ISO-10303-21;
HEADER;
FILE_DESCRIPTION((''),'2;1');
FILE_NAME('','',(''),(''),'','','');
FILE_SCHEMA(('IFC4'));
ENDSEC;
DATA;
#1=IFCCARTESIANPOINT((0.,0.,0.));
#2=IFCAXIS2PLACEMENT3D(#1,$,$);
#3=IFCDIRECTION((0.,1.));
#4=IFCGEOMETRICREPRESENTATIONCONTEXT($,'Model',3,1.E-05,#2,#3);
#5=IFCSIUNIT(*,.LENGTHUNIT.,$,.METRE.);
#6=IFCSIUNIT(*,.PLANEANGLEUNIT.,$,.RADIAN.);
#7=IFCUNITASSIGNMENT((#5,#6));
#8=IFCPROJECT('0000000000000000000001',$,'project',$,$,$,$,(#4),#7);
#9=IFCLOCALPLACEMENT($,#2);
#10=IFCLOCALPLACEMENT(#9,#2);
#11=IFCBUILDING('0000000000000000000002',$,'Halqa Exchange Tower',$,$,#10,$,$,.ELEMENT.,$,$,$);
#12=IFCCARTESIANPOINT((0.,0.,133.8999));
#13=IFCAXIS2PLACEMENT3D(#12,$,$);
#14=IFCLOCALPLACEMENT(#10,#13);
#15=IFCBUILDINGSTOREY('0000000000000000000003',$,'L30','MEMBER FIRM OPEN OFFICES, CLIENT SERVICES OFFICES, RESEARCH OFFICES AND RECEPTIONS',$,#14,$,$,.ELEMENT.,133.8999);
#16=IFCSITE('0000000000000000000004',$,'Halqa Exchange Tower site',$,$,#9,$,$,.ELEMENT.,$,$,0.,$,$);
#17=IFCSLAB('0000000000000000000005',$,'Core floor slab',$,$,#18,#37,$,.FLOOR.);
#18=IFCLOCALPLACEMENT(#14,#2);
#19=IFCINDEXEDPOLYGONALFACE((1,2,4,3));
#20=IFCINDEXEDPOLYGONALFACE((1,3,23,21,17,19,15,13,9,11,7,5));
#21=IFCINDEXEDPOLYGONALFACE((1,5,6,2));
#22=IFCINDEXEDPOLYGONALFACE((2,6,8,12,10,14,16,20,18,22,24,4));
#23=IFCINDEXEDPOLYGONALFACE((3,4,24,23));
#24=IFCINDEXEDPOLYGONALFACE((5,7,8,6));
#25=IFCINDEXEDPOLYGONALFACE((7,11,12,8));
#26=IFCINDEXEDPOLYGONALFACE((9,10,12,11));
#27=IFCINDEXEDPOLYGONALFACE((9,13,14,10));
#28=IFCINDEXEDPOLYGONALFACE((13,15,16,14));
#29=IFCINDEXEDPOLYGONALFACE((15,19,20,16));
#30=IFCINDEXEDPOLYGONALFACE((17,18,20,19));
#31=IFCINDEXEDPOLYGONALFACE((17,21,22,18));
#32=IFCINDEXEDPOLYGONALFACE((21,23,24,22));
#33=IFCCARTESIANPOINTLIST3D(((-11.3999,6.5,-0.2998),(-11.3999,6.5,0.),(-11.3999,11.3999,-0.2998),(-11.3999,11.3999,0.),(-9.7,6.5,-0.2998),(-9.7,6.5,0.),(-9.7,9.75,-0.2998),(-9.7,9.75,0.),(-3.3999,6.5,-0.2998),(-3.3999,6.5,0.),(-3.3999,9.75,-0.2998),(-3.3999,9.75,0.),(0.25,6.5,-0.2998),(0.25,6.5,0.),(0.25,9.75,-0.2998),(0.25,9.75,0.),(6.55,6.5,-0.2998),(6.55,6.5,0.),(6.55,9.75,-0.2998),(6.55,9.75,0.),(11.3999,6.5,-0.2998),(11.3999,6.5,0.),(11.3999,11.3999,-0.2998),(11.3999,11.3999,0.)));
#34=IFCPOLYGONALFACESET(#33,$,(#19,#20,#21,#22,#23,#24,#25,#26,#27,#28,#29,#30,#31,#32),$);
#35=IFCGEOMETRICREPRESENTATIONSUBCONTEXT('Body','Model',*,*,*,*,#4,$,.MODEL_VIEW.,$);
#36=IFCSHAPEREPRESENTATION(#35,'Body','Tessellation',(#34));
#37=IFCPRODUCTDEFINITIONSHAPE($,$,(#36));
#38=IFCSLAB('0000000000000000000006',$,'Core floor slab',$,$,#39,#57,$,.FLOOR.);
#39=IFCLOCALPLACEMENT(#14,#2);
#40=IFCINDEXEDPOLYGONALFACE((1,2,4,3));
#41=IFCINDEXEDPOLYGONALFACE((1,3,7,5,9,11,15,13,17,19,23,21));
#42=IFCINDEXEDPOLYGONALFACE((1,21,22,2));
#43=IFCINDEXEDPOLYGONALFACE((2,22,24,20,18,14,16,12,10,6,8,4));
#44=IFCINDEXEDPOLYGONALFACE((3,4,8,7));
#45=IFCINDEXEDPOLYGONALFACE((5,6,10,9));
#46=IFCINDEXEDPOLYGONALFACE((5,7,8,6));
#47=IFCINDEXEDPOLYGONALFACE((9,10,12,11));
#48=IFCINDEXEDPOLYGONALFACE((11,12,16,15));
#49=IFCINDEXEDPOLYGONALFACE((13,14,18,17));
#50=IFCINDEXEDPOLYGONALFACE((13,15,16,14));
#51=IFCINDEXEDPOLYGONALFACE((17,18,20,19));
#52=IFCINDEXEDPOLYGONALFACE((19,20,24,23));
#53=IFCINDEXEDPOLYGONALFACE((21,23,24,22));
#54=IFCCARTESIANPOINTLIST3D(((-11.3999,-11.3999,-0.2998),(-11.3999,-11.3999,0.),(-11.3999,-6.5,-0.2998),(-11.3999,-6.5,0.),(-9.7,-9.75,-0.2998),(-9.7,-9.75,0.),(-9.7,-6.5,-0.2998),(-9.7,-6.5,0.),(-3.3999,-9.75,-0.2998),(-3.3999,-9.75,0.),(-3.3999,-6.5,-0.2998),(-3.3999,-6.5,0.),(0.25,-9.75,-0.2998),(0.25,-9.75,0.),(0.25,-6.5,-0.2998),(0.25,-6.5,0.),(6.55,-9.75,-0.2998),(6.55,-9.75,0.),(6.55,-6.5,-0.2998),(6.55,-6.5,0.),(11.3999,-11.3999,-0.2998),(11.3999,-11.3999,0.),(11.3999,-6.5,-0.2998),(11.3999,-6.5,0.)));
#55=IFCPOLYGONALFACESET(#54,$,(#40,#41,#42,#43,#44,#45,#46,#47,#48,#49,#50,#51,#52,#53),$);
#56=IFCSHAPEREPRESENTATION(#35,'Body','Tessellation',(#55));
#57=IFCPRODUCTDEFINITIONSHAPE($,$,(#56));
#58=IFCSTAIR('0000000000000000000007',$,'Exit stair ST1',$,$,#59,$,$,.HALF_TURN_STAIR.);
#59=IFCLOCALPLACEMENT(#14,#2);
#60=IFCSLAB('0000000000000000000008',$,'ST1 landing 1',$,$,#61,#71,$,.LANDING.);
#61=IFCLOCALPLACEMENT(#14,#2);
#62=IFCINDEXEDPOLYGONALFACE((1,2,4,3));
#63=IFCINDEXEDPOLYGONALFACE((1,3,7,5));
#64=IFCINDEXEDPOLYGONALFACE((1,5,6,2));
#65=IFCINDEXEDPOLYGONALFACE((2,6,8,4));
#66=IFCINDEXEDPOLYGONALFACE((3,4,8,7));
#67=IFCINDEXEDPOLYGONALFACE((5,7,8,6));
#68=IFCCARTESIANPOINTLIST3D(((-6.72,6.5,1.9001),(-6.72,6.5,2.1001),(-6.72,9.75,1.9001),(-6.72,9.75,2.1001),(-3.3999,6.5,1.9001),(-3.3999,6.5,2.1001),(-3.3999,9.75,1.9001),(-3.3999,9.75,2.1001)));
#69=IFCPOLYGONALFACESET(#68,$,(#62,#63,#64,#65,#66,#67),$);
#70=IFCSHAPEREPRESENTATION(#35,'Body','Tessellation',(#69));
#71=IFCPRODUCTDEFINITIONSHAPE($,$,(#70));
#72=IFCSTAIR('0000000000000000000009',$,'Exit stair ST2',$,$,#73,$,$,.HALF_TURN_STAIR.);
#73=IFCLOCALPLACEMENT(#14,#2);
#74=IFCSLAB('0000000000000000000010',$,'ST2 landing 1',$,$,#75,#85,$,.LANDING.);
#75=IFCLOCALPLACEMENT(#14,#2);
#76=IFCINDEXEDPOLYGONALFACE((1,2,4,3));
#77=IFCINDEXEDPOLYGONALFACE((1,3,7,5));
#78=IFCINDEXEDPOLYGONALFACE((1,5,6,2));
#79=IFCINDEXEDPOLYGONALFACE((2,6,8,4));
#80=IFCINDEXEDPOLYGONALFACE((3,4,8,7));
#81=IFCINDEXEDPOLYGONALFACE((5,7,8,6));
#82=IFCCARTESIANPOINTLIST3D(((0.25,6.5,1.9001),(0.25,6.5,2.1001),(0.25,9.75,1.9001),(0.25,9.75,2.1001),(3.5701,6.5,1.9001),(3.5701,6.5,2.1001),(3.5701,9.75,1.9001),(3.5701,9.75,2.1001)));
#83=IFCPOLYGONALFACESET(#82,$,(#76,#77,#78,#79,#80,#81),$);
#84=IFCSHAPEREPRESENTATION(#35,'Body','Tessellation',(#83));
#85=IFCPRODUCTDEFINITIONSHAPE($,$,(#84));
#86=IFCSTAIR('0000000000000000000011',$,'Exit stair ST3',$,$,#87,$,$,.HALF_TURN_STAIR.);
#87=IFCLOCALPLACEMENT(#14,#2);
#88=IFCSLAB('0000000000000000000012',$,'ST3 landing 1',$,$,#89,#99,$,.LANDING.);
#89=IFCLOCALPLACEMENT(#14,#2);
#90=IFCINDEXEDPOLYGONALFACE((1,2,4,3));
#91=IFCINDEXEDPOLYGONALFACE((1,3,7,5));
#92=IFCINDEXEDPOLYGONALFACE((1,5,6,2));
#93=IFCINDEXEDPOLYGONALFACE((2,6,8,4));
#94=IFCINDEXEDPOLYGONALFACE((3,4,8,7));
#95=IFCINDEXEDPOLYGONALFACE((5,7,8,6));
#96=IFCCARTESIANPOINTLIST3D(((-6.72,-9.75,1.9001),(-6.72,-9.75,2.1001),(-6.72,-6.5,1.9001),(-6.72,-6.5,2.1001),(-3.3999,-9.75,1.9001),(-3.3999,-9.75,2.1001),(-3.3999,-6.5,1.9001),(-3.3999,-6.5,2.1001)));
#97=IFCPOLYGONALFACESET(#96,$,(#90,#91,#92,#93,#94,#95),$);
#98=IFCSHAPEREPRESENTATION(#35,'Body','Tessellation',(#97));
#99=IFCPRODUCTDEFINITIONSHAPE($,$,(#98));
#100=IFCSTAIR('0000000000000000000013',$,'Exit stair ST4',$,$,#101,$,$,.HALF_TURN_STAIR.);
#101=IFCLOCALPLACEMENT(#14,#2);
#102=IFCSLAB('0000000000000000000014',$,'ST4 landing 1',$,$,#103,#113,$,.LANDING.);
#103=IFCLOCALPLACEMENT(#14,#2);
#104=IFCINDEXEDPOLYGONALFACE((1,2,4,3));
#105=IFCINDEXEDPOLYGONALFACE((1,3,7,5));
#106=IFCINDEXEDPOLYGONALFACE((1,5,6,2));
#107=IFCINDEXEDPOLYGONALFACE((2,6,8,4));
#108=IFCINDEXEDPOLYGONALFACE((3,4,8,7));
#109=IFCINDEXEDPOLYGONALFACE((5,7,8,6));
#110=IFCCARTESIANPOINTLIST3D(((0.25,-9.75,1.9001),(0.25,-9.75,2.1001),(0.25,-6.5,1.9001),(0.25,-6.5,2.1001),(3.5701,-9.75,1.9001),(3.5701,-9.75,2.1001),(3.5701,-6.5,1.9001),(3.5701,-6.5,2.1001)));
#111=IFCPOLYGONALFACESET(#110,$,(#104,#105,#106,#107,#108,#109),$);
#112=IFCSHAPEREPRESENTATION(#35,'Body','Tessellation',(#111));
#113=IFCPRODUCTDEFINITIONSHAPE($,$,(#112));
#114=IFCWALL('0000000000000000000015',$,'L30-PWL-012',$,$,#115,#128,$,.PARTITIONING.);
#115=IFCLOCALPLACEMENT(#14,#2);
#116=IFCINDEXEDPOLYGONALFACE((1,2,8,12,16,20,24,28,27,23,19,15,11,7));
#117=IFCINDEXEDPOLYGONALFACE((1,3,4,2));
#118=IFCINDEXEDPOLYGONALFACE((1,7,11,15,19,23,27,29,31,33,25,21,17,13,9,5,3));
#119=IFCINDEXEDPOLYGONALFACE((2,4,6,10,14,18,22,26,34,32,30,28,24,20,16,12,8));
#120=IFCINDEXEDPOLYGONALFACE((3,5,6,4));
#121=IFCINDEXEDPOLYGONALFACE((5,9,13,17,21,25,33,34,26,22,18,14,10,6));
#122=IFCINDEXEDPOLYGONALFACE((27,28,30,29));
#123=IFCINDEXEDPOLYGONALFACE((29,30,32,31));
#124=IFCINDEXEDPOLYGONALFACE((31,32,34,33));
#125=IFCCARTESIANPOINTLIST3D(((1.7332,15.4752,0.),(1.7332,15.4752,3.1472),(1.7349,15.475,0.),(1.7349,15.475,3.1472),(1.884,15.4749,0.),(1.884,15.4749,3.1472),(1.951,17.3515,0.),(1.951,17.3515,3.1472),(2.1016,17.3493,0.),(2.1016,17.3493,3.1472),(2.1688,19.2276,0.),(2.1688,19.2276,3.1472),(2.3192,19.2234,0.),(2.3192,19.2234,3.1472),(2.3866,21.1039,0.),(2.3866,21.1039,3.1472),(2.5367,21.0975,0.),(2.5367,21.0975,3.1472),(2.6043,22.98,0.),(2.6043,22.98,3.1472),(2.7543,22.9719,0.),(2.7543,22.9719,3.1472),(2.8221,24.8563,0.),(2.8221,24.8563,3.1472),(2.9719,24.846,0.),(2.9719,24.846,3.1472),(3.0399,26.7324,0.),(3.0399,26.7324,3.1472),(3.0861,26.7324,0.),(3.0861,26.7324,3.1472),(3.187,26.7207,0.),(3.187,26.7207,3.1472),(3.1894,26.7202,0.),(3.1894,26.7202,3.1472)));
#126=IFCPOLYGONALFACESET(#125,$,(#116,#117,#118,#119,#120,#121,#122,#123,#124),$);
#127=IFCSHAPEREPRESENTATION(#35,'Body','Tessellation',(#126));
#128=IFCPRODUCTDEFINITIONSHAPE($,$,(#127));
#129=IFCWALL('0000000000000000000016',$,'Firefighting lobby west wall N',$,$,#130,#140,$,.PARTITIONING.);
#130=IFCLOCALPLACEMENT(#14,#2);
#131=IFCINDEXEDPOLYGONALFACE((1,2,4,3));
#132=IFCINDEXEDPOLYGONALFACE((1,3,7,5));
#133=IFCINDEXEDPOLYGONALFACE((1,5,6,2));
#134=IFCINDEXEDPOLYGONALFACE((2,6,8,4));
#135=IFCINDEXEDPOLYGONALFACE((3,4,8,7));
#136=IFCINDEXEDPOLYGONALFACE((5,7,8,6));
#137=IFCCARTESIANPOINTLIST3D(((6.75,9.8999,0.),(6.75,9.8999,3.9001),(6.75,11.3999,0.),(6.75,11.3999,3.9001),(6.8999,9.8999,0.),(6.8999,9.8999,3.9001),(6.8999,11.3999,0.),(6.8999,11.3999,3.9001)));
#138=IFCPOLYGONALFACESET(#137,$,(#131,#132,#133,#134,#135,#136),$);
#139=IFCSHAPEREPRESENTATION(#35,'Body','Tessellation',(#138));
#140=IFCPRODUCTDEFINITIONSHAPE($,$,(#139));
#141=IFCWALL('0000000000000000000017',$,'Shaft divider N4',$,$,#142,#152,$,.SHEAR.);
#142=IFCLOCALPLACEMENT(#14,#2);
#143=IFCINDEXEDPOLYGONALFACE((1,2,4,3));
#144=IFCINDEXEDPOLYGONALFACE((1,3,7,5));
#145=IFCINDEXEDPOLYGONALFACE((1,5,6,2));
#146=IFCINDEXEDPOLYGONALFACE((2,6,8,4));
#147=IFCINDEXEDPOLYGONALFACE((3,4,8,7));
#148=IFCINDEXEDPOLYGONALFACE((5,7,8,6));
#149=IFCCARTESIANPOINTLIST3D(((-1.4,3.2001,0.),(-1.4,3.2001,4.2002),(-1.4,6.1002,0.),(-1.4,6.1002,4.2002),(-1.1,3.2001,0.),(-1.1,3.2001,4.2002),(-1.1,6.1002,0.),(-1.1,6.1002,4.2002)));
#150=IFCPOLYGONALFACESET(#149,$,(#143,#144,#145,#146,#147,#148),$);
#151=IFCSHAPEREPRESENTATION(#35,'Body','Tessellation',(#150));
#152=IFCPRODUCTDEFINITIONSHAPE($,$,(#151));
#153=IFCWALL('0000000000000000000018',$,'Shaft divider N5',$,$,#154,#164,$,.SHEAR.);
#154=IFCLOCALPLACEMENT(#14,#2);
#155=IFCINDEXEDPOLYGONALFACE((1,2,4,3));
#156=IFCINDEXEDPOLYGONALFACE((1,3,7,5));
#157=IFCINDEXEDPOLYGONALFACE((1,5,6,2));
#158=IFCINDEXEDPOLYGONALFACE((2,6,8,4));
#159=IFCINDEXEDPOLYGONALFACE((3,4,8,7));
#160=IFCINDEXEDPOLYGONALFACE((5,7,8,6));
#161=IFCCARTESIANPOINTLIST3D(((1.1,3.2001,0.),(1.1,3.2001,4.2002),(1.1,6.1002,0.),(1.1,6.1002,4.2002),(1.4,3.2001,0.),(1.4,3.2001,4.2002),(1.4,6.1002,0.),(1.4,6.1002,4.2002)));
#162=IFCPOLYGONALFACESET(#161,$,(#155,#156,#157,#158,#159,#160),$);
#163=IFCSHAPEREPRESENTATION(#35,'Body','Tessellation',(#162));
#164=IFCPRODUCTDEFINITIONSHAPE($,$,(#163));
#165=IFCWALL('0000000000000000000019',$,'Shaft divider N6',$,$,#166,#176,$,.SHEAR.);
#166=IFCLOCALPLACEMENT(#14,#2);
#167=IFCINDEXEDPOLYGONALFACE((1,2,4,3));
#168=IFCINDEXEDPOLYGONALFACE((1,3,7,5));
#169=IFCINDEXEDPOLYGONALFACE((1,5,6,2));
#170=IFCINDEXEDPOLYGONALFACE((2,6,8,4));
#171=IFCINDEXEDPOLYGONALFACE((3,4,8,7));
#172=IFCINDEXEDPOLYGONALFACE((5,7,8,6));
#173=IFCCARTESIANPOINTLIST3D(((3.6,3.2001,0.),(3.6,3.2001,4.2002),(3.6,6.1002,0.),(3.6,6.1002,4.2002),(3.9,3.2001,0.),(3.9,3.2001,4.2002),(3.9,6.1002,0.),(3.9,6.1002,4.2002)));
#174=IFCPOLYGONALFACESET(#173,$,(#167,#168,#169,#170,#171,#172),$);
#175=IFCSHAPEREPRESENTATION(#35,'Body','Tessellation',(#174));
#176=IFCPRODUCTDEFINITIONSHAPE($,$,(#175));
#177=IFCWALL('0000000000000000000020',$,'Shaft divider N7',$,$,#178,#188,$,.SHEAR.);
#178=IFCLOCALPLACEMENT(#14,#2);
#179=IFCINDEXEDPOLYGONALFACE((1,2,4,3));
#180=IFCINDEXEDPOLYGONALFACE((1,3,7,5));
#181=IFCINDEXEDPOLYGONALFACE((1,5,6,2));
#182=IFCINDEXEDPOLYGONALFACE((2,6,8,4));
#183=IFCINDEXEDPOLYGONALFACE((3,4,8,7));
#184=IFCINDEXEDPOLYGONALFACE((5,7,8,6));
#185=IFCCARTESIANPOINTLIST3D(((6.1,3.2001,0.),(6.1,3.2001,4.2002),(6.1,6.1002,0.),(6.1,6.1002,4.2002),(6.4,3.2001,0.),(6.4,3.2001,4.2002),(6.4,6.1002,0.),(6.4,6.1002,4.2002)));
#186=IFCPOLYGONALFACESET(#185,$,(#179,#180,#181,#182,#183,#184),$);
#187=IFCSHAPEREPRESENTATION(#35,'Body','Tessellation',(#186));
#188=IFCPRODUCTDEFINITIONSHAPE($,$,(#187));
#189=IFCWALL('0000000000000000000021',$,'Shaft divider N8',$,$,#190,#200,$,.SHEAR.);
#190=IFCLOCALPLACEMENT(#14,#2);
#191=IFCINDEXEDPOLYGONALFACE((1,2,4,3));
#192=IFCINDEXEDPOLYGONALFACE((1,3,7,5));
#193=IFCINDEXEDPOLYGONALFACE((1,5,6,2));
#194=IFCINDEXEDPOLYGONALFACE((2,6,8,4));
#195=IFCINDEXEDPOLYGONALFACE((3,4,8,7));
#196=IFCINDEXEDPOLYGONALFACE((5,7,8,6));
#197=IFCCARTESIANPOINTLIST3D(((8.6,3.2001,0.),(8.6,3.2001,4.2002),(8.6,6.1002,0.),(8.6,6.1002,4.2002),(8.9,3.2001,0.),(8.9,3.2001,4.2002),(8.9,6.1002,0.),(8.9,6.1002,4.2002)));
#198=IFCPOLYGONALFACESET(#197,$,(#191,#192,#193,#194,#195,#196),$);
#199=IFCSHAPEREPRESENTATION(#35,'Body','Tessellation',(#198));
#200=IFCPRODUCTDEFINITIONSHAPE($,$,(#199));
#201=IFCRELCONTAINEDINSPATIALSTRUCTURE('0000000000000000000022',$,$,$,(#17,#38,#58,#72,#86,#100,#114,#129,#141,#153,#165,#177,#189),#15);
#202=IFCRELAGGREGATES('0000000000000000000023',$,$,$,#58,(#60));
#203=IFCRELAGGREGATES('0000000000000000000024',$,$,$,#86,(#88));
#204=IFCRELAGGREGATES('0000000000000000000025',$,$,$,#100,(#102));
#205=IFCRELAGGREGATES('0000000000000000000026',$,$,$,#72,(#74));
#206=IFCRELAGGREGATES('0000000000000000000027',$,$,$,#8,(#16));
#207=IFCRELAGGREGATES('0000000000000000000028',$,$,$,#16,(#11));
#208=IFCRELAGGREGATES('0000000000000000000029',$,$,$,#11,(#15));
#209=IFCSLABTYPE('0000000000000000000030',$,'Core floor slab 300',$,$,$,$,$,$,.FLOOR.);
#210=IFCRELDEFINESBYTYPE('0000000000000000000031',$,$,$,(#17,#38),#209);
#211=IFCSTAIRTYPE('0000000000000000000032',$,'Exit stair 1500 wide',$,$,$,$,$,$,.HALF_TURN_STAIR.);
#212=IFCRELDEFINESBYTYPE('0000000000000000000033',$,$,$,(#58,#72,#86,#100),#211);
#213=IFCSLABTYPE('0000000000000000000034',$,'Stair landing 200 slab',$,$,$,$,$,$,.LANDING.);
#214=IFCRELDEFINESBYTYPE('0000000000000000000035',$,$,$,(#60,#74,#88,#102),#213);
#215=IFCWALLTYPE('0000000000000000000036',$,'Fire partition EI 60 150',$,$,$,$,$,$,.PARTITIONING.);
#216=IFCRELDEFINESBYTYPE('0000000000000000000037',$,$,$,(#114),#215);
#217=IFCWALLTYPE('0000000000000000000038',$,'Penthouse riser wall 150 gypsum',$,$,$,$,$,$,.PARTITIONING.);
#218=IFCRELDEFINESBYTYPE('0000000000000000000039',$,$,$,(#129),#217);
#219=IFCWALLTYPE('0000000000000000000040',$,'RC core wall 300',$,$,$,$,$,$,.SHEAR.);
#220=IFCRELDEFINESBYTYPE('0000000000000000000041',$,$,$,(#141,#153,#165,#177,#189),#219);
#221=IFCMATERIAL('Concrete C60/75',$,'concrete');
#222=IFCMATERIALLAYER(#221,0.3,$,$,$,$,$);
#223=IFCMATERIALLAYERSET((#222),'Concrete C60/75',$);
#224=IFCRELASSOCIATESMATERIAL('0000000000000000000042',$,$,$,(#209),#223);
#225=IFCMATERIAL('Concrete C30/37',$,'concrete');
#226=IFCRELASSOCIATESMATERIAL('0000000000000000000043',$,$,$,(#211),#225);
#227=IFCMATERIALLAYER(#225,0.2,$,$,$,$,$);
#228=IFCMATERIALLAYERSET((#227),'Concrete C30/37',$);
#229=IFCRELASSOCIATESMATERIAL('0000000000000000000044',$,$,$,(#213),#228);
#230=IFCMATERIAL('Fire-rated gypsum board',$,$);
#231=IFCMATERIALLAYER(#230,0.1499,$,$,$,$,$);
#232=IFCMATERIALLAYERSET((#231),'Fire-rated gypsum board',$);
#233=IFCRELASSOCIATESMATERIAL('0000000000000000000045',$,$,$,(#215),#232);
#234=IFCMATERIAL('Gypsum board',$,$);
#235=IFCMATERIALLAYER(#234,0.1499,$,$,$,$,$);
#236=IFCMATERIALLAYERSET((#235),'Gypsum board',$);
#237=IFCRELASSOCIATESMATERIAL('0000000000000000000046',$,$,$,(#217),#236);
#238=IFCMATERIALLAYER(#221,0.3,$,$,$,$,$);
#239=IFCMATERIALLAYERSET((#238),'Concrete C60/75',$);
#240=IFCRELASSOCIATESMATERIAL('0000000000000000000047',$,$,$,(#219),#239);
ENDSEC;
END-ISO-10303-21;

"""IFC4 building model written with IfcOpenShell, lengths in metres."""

from ifc_helpers import new_model, si_unit, direction, frame, frame_2d, origin, place, context, subcontext, project, spatial, polyline, rectangle, outline, extrude, material, layer, layer_set, type_object, element, aggregate, save


model = new_model("IFC4")

# Units and contexts
model_context = context("Model", 3, precision=1e-05, world=origin(), true_north=direction((0.0, 1.0)))
body_context = subcontext(model_context, "Body", "Model", "MODEL_VIEW")
ifc_project = project(units=[si_unit("LENGTHUNIT", "METRE"), si_unit("PLANEANGLEUNIT", "RADIAN")], contexts=[model_context])

# Site, building, storey
site_placement = place(None, origin())
site = spatial("IfcSite", under=ifc_project, at=site_placement, Name="Halqa Exchange Tower site", CompositionType="ELEMENT", RefElevation=0.0)
building_placement = place(site_placement, origin())
building = spatial("IfcBuilding", under=site, at=building_placement, Name="Halqa Exchange Tower", CompositionType="ELEMENT")
storey_placement = place(building_placement, frame((0.0, 0.0, 133.8999)))
storey = spatial("IfcBuildingStorey", under=building, at=storey_placement, Name="L30", Description="MEMBER FIRM OPEN OFFICES, CLIENT SERVICES OFFICES, RESEARCH OFFICES AND RECEPTIONS", CompositionType="ELEMENT", Elevation=133.8999)

# Shared definitions
ifc_material_1 = material(Name="Concrete C60/75", Category="concrete")

# Slabs
ifc_layer_1 = layer(ifc_material_1, 0.3)
ifc_layer_set_1 = layer_set([ifc_layer_1], Name="Concrete C60/75")
slab_type_1 = type_object("IfcSlabType", Name="Core floor slab 300", PredefinedType="FLOOR", material=ifc_layer_set_1)
slab_1_placement = place(storey_placement, frame((0.0, 0.0, -0.2998)))
element("IfcSlab", 1, at=slab_1_placement, inside=storey, type_object=slab_type_1, Name="Core floor slab", PredefinedType="FLOOR", context=body_context, shape_type="SweptSolid", body=[
    extrude(outline(polyline([(-11.3999, 11.3999), (11.3999, 11.3999), (11.3999, 6.5), (6.55, 6.5), (6.55, 9.75), (0.25, 9.75), (0.25, 6.5), (-3.3999, 6.5), (-3.3999, 9.75), (-9.7, 9.75), (-9.7, 6.5), (-11.3999, 6.5), (-11.3999, 11.3999)])), origin(), (0.0, 0.0, 1.0), 0.2998),
])
slab_2_placement = place(storey_placement, frame((0.0, 0.0, -0.2998)))
element("IfcSlab", 2, at=slab_2_placement, inside=storey, type_object=slab_type_1, Name="Core floor slab", PredefinedType="FLOOR", context=body_context, shape_type="SweptSolid", body=[
    extrude(outline(polyline([(-9.7, -9.75), (-3.3999, -9.75), (-3.3999, -6.5), (0.25, -6.5), (0.25, -9.75), (6.55, -9.75), (6.55, -6.5), (11.3999, -6.5), (11.3999, -11.3999), (-11.3999, -11.3999), (-11.3999, -6.5), (-9.7, -6.5), (-9.7, -9.75)])), origin(), (0.0, 0.0, 1.0), 0.2998),
])

# Stairs, slabs
ifc_material_2 = material(Name="Concrete C30/37", Category="concrete")
stair_type = type_object("IfcStairType", Name="Exit stair 1500 wide", PredefinedType="HALF_TURN_STAIR", material=ifc_material_2)
stair_1_placement = place(storey_placement, origin())
stair_1 = element("IfcStair", 3, at=stair_1_placement, inside=storey, type_object=stair_type, Name="Exit stair ST1", PredefinedType="HALF_TURN_STAIR")
ifc_layer_2 = layer(ifc_material_2, 0.2)
ifc_layer_set_2 = layer_set([ifc_layer_2], Name="Concrete C30/37")
slab_type_2 = type_object("IfcSlabType", Name="Stair landing 200 slab", PredefinedType="LANDING", material=ifc_layer_set_2)
slab_3_placement = place(storey_placement, frame((0.0, 0.0, 1.9001)))
slab_3 = element("IfcSlab", 4, at=slab_3_placement, type_object=slab_type_2, Name="ST1 landing 1", PredefinedType="LANDING", context=body_context, shape_type="SweptSolid", body=[
    extrude(outline(polyline([(-6.72, 6.5), (-3.3999, 6.5), (-3.3999, 9.75), (-6.72, 9.75), (-6.72, 6.5)])), origin(), (0.0, 0.0, 1.0), 0.2),
])
aggregate(stair_1, [slab_3])
stair_2_placement = place(storey_placement, origin())
stair_2 = element("IfcStair", 5, at=stair_2_placement, inside=storey, type_object=stair_type, Name="Exit stair ST2", PredefinedType="HALF_TURN_STAIR")
slab_4_placement = place(storey_placement, frame((0.0, 0.0, 1.9001)))
slab_4 = element("IfcSlab", 6, at=slab_4_placement, type_object=slab_type_2, Name="ST2 landing 1", PredefinedType="LANDING", context=body_context, shape_type="SweptSolid", body=[
    extrude(outline(polyline([(0.25, 6.5), (3.5701, 6.5), (3.5701, 9.75), (0.25, 9.75), (0.25, 6.5)])), origin(), (0.0, 0.0, 1.0), 0.2),
])
stair_3_placement = place(storey_placement, origin())
stair_3 = element("IfcStair", 7, at=stair_3_placement, inside=storey, type_object=stair_type, Name="Exit stair ST3", PredefinedType="HALF_TURN_STAIR")
slab_5_placement = place(storey_placement, frame((0.0, 0.0, 1.9001)))
slab_5 = element("IfcSlab", 8, at=slab_5_placement, type_object=slab_type_2, Name="ST3 landing 1", PredefinedType="LANDING", context=body_context, shape_type="SweptSolid", body=[
    extrude(outline(polyline([(-6.72, -9.75), (-3.3999, -9.75), (-3.3999, -6.5), (-6.72, -6.5), (-6.72, -9.75)])), origin(), (0.0, 0.0, 1.0), 0.2),
])
aggregate(stair_3, [slab_5])
stair_4_placement = place(storey_placement, origin())
stair_4 = element("IfcStair", 9, at=stair_4_placement, inside=storey, type_object=stair_type, Name="Exit stair ST4", PredefinedType="HALF_TURN_STAIR")
slab_6_placement = place(storey_placement, frame((0.0, 0.0, 1.9001)))
slab_6 = element("IfcSlab", 10, at=slab_6_placement, type_object=slab_type_2, Name="ST4 landing 1", PredefinedType="LANDING", context=body_context, shape_type="SweptSolid", body=[
    extrude(outline(polyline([(0.25, -9.75), (3.5701, -9.75), (3.5701, -6.5), (0.25, -6.5), (0.25, -9.75)])), origin(), (0.0, 0.0, 1.0), 0.2),
])
aggregate(stair_4, [slab_6])

# Walls
ifc_material_3 = material(Name="Fire-rated gypsum board")
ifc_layer_3 = layer(ifc_material_3, 0.1499)
ifc_layer_set_3 = layer_set([ifc_layer_3], Name="Fire-rated gypsum board")
wall_type_1 = type_object("IfcWallType", Name="Fire partition EI 60 150", PredefinedType="PARTITIONING", material=ifc_layer_set_3)
wall_1_placement = place(storey_placement, frame((1.8076, 15.4666, 0.0), z_axis=(0.0, 0.0, 1.0), x_axis=(0.115308, 0.99333, 0.0)))
element("IfcWall", 11, at=wall_1_placement, inside=storey, type_object=wall_type_1, Name="L30-PWL-012", PredefinedType="PARTITIONING", context=body_context, shape_type="SweptSolid", body=[
    extrude(outline(polyline([(0.0171, -0.075), (1.9041, -0.075), (3.7908, -0.075), (5.6775, -0.075), (7.5645, -0.075), (9.4512, -0.075), (11.3379, -0.075), (11.3381, -0.0725), (11.3381, 0.0291), (11.3328, 0.075), (9.4441, 0.075), (7.5552, 0.075), (5.6665, 0.075), (3.7776, 0.075), (1.8889, 0.075), (0.0, 0.075), (0.0, 0.0732), (0.0171, -0.075)])), origin(), (0.0, 0.0, 1.0), 3.1472),
])
ifc_material_4 = material(Name="Gypsum board")
ifc_layer_4 = layer(ifc_material_4, 0.1499)
ifc_layer_set_4 = layer_set([ifc_layer_4], Name="Gypsum board")
wall_type_2 = type_object("IfcWallType", Name="Penthouse riser wall 150 gypsum", PredefinedType="PARTITIONING", material=ifc_layer_set_4)
wall_2_placement = place(storey_placement, frame((6.825, 9.8999, 0.0), z_axis=(0.0, 0.0, 1.0), x_axis=(0.0, 1.0, 0.0)))
element("IfcWall", 12, at=wall_2_placement, inside=storey, type_object=wall_type_2, Name="Firefighting lobby west wall N", PredefinedType="PARTITIONING", context=body_context, shape_type="SweptSolid", body=[
    extrude(rectangle(XDim=1.5, YDim=0.1499, at=frame_2d((0.75, 0.0))), origin(), (0.0, 0.0, 1.0), 3.9001),
])
ifc_layer_5 = layer(ifc_material_1, 0.3)
ifc_layer_set_5 = layer_set([ifc_layer_5], Name="Concrete C60/75")
wall_type_3 = type_object("IfcWallType", Name="RC core wall 300", PredefinedType="SHEAR", material=ifc_layer_set_5)
for number, where, z_axis, x_axis, name in (
    (13, (-1.25, 3.2, 0.0), (0.0, 0.0, 1.0), (0.0, 1.0, 0.0), "Shaft divider N4"),
    (14, (1.25, 3.2, 0.0), (0.0, 0.0, 1.0), (0.0, 1.0, 0.0), "Shaft divider N5"),
    (15, (3.75, 3.2, 0.0), (0.0, 0.0, 1.0), (0.0, 1.0, 0.0), "Shaft divider N6"),
    (16, (6.25, 3.2, 0.0), (0.0, 0.0, 1.0), (0.0, 1.0, 0.0), "Shaft divider N7"),
    (17, (8.75, 3.2, 0.0), (0.0, 0.0, 1.0), (0.0, 1.0, 0.0), "Shaft divider N8"),
):
    element("IfcWall", number, at=place(storey_placement, frame(where, z_axis=z_axis, x_axis=x_axis)), inside=storey, type_object=wall_type_3, Name=name, PredefinedType="SHEAR", context=body_context, shape_type="SweptSolid", body=[
        extrude(rectangle(XDim=2.9001, YDim=0.3, at=frame_2d((1.4502, 0.0))), origin(), (0.0, 0.0, 1.0), 4.2002),
    ])

aggregate(stair_2, [slab_4])

save(model, "model.ifc")
